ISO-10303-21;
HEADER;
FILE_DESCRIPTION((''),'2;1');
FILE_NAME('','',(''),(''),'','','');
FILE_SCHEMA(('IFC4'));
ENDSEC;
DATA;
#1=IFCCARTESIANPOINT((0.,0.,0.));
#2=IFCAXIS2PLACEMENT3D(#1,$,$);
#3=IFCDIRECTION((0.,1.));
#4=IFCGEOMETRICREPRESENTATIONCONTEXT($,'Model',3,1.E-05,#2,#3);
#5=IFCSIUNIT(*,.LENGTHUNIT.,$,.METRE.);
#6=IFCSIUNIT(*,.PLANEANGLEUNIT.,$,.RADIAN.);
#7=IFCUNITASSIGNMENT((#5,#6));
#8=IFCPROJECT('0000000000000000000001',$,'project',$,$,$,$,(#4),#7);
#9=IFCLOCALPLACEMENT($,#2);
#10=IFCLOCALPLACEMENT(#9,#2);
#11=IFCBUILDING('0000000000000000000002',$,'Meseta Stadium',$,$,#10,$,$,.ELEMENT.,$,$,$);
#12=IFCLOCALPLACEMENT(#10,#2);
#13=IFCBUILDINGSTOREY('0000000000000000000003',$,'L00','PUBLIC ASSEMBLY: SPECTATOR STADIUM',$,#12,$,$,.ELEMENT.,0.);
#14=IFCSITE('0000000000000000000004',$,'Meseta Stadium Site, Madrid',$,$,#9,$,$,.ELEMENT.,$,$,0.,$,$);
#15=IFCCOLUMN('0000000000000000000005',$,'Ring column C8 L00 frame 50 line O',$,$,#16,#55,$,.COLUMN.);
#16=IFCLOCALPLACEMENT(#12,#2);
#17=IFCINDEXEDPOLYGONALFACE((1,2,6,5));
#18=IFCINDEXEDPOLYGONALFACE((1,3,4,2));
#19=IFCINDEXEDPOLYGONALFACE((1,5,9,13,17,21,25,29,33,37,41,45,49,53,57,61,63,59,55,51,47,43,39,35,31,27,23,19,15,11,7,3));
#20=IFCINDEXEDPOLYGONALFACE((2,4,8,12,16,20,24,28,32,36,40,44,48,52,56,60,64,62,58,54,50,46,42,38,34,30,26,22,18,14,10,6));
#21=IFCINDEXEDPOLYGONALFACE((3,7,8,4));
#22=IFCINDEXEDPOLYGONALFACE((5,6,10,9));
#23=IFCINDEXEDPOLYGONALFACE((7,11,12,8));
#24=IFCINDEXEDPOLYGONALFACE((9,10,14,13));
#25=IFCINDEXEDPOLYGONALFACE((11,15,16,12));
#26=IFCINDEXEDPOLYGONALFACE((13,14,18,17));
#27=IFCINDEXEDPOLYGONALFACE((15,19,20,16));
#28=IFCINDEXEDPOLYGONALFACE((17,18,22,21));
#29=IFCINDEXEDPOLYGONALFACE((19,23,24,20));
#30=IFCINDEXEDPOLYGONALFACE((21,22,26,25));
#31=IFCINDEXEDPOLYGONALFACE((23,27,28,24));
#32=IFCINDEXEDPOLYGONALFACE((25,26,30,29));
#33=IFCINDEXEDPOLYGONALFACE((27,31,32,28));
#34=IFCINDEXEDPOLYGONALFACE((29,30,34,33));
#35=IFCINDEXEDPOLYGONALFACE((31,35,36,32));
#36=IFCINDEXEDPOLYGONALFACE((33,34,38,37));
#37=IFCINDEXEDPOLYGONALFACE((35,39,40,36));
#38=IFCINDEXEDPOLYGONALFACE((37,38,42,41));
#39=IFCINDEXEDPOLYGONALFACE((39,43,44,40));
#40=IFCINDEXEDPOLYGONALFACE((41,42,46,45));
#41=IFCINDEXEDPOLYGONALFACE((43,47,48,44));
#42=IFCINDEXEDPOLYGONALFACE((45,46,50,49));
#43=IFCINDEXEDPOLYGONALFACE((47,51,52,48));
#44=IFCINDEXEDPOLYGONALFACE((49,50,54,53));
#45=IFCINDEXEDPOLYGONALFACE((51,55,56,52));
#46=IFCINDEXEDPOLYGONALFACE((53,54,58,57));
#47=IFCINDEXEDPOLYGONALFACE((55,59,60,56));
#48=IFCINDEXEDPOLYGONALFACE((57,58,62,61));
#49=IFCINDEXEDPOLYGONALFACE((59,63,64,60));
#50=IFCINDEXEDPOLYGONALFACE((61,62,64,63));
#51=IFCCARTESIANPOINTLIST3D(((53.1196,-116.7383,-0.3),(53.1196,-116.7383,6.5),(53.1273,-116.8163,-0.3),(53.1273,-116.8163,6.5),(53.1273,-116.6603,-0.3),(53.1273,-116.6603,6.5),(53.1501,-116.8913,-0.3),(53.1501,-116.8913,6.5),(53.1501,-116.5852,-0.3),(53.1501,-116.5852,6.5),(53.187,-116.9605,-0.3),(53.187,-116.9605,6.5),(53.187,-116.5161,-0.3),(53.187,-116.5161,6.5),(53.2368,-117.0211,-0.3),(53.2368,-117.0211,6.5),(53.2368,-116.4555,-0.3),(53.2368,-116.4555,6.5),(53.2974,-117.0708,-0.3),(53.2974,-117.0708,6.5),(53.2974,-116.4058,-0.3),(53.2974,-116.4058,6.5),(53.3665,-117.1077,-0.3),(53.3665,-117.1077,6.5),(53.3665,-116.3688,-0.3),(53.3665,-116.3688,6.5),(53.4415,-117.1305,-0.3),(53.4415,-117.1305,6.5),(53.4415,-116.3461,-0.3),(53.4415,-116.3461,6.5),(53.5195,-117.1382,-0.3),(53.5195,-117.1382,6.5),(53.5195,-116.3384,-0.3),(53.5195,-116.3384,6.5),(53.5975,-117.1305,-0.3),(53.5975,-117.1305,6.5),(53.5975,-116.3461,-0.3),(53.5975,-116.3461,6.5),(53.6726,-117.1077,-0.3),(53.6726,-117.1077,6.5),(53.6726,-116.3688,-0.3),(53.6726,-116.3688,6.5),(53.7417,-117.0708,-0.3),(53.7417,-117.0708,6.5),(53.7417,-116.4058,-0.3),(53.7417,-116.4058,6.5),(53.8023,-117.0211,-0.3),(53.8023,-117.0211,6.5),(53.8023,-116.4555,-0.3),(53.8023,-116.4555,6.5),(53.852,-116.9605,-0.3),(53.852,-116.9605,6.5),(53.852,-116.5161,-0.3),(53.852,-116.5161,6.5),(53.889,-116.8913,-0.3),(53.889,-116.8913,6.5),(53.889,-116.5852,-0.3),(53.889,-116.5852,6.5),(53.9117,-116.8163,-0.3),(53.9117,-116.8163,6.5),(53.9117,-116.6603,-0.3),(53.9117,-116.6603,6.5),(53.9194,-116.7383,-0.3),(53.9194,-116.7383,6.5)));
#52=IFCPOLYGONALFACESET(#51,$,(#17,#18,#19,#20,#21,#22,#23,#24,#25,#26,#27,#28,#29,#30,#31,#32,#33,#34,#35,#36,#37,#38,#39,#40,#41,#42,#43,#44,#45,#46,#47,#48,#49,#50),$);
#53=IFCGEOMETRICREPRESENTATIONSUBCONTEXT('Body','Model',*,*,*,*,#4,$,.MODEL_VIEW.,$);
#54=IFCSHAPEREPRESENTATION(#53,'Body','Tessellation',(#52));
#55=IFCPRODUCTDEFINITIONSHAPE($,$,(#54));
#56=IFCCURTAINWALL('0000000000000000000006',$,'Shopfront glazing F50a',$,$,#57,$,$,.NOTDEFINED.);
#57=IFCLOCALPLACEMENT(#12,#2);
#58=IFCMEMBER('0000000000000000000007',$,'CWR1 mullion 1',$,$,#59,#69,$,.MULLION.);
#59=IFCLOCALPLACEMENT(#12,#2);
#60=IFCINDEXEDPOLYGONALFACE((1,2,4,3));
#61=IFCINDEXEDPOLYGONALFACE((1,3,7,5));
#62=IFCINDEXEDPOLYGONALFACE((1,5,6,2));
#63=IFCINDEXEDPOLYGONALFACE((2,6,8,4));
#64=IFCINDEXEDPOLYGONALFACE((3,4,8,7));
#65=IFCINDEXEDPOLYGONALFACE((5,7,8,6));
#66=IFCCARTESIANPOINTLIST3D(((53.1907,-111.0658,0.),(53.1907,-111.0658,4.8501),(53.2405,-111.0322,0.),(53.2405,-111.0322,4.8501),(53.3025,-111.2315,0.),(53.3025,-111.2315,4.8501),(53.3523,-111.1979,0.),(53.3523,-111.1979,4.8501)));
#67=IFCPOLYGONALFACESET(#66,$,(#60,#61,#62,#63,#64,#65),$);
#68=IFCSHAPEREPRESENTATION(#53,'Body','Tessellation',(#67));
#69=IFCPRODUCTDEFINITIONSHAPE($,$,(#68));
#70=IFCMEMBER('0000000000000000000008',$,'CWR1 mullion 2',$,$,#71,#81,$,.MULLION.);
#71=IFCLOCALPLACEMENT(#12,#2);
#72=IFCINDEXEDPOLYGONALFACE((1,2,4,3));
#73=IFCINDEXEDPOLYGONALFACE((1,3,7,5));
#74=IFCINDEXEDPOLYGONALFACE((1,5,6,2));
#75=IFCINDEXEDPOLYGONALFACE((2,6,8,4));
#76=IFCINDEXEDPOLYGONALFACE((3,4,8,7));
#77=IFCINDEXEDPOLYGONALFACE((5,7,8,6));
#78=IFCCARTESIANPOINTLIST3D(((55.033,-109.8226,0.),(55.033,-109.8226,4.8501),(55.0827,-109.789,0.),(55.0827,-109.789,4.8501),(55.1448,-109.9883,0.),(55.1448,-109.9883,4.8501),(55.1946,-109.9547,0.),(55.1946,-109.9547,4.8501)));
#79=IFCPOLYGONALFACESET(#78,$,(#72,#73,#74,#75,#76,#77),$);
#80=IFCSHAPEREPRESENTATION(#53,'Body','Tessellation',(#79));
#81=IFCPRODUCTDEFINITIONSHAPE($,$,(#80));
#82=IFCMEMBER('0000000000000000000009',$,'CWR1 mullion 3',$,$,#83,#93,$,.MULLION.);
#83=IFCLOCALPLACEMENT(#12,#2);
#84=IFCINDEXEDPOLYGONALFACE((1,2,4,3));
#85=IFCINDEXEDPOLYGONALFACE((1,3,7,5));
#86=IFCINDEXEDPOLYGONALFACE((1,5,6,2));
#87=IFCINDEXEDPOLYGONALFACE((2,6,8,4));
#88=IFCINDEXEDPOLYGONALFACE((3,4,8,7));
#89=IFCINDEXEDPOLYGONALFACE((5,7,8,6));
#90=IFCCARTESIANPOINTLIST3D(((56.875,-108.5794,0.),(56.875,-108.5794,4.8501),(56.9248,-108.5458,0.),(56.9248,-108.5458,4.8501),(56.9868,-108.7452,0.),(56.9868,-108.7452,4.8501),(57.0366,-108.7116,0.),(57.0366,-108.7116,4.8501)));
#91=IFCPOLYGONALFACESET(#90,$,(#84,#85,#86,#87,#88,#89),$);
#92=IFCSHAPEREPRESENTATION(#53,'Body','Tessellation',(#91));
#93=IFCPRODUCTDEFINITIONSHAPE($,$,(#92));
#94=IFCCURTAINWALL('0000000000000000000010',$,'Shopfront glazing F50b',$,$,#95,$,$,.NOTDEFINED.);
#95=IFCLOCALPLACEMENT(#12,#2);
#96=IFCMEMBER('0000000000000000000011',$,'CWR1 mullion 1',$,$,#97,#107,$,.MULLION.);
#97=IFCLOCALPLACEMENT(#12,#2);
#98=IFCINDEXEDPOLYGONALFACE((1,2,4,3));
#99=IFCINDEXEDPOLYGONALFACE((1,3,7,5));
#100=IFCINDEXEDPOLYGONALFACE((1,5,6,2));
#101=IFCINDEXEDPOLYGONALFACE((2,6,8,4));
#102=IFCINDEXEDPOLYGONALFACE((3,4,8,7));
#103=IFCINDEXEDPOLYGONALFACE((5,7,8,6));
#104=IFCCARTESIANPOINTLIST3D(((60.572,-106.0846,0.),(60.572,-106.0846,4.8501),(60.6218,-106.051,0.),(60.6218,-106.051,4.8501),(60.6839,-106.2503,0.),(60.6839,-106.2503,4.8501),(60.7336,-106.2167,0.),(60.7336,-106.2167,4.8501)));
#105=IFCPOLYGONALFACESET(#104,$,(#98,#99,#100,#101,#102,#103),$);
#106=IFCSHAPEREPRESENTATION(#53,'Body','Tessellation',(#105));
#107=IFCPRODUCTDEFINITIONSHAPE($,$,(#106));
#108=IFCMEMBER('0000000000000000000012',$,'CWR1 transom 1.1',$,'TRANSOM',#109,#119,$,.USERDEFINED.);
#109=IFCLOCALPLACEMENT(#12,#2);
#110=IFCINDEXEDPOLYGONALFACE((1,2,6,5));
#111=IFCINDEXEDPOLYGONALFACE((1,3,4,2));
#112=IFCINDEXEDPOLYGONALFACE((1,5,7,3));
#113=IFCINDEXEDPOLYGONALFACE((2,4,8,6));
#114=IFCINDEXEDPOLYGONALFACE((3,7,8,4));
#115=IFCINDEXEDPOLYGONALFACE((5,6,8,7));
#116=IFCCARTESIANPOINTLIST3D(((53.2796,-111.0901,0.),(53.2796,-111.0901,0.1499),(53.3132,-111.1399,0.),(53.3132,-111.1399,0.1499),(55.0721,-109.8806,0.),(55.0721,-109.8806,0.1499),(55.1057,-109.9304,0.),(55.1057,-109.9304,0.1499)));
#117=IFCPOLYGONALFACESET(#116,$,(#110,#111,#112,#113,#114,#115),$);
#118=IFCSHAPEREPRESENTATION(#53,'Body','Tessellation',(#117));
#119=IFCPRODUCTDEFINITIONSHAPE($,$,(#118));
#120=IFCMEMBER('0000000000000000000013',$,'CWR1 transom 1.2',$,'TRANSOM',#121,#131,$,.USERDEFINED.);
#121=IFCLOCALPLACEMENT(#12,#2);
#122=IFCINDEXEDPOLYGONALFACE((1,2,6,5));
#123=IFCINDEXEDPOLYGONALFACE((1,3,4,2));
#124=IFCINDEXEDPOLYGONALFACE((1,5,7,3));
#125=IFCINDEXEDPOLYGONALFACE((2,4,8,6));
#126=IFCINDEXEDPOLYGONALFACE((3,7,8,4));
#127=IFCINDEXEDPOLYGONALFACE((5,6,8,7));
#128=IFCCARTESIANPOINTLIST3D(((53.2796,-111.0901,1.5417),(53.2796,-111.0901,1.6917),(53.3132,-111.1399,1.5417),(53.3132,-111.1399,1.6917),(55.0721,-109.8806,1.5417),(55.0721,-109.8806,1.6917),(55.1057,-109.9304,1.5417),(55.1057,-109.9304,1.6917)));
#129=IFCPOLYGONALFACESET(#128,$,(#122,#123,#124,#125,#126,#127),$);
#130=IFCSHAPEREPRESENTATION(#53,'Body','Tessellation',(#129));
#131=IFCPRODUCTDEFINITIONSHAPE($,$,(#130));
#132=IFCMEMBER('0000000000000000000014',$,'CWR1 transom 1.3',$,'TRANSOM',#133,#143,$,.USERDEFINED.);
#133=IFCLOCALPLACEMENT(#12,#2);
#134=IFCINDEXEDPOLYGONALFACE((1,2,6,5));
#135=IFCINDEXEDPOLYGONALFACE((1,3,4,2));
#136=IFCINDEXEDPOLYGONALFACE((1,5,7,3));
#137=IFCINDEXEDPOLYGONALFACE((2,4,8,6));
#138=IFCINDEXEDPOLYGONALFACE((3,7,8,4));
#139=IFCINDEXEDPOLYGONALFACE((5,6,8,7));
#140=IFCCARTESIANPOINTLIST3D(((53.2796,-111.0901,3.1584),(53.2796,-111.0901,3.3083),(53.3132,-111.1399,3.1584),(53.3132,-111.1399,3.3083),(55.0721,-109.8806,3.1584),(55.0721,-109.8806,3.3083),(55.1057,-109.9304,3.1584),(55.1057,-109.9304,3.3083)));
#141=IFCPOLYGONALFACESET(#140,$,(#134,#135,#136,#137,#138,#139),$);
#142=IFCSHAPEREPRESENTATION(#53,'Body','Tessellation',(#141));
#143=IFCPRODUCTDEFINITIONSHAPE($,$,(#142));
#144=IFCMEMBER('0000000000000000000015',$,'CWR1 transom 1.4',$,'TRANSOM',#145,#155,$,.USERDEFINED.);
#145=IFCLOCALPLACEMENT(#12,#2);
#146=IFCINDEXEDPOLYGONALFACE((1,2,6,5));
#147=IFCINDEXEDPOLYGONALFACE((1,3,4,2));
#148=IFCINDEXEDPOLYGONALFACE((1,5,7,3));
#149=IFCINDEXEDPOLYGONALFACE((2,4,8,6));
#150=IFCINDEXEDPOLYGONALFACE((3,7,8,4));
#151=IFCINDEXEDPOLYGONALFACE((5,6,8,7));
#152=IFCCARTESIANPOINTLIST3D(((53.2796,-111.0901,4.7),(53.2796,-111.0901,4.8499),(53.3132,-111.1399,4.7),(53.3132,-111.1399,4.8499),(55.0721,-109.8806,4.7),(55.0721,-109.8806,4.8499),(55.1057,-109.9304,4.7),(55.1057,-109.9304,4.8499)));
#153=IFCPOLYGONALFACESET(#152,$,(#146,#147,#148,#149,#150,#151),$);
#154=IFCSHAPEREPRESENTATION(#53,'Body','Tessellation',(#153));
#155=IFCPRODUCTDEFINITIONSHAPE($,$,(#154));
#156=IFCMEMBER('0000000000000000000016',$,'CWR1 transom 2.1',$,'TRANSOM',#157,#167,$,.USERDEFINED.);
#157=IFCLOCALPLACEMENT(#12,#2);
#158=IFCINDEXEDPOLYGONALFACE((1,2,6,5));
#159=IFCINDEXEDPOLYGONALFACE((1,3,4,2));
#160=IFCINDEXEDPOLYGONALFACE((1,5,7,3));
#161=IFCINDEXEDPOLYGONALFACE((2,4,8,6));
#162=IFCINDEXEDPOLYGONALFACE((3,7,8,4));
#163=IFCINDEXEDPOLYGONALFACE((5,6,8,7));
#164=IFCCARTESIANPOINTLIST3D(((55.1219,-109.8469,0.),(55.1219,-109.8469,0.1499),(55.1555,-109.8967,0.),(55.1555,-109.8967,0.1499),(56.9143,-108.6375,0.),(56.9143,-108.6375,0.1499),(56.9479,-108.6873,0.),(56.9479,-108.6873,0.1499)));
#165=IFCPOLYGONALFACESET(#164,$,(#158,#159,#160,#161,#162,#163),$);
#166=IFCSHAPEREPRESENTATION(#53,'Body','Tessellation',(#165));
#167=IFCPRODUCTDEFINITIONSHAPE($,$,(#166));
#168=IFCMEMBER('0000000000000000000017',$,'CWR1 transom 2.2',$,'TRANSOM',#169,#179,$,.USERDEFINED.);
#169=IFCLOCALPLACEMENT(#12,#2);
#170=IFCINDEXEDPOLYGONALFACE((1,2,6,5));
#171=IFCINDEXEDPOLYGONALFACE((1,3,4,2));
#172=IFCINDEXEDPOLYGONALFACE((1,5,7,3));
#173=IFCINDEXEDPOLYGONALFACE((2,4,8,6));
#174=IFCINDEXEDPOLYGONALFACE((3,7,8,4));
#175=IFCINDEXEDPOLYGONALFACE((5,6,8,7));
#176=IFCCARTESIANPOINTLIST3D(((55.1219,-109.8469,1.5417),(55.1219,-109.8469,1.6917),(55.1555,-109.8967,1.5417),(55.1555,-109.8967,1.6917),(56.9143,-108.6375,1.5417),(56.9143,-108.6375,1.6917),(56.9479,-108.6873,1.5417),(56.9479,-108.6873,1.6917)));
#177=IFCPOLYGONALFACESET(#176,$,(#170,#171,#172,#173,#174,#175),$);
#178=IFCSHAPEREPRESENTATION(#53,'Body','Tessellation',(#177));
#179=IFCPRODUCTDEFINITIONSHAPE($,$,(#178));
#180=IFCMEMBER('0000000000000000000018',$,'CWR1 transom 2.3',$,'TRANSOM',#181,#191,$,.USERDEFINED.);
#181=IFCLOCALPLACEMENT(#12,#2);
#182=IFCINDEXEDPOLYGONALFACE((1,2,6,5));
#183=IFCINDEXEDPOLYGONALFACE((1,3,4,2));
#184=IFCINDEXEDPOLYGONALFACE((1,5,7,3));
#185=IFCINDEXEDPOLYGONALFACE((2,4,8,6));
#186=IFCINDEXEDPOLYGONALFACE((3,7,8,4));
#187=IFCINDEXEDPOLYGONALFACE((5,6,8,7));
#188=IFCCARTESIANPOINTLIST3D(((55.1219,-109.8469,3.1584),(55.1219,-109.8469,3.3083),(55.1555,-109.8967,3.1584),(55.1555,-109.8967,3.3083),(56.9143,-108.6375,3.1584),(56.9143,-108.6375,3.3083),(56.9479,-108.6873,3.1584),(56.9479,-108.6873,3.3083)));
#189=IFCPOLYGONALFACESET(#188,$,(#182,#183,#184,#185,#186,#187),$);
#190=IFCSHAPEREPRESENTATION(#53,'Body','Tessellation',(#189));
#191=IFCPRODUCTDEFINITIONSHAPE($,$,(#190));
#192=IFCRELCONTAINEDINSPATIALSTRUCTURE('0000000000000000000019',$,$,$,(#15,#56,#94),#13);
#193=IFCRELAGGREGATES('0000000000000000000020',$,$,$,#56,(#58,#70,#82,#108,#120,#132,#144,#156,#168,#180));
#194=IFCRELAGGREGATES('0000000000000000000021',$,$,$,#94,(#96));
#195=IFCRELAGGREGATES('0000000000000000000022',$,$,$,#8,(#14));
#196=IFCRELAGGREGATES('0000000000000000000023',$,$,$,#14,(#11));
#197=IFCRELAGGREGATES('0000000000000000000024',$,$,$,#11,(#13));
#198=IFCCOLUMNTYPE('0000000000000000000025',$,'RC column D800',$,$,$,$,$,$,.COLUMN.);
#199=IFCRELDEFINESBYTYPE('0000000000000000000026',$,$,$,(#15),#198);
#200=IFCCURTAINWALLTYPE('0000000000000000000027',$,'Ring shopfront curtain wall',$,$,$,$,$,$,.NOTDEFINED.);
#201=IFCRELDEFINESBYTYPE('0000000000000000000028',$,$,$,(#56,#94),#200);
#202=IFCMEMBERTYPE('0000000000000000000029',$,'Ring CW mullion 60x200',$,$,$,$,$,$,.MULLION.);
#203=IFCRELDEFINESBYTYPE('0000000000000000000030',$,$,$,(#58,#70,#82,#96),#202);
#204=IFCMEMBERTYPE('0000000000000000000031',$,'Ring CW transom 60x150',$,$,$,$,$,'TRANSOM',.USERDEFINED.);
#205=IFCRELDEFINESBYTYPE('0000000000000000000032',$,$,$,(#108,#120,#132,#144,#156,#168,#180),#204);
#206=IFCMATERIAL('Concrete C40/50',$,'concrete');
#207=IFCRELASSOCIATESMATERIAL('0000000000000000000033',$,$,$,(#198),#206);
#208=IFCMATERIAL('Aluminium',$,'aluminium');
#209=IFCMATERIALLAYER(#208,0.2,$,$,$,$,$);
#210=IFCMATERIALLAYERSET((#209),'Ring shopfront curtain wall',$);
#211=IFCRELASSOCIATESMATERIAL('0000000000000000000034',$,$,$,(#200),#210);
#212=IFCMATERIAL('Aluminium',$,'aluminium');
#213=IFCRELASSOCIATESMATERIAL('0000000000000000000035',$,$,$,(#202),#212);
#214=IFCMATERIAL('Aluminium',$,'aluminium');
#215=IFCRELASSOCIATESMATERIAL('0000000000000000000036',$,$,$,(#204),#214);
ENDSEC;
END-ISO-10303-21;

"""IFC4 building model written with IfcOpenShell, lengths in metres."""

from ifc_helpers import new_model, si_unit, direction, frame, origin, origin_2d, place, context, subcontext, project, spatial, rectangle, circle, extrude, material, layer, layer_set, material_profile, profile_set, type_object, element, aggregate, save


model = new_model("IFC4")

# Units and contexts
model_context = context("Model", 3, precision=1e-05, world=origin(), true_north=direction((0.0, 1.0)))
body_context = subcontext(model_context, "Body", "Model", "MODEL_VIEW")
ifc_project = project(units=[si_unit("LENGTHUNIT", "METRE"), si_unit("PLANEANGLEUNIT", "RADIAN")], contexts=[model_context])

# Site, building, storey
site_placement = place(None, origin())
site = spatial("IfcSite", under=ifc_project, at=site_placement, Name="Meseta Stadium Site, Madrid", CompositionType="ELEMENT", RefElevation=0.0)
building_placement = place(site_placement, origin())
building = spatial("IfcBuilding", under=site, at=building_placement, Name="Meseta Stadium", CompositionType="ELEMENT")
storey_placement = place(building_placement, origin())
storey = spatial("IfcBuildingStorey", under=building, at=storey_placement, Name="L00", Description="PUBLIC ASSEMBLY: SPECTATOR STADIUM", CompositionType="ELEMENT", Elevation=0.0)

# Column
ifc_material_1 = material(Name="Concrete C40/50", Category="concrete")
ifc_material_profile_1 = material_profile(ifc_material_1, circle(Radius=0.3999, at=origin_2d()), Name="RC D800")
ifc_profile_set_1 = profile_set([ifc_material_profile_1], Name="Concrete C40/50")
column_type = type_object("IfcColumnType", Name="RC column D800", PredefinedType="COLUMN", material=ifc_profile_set_1)
column_placement = place(storey_placement, frame((53.5195, -116.7383, -0.3), z_axis=(0.0, 0.0, 1.0), x_axis=(1.0, 0.0, 0.0)))
element("IfcColumn", 1, at=column_placement, inside=storey, type_object=column_type, Name="Ring column C8 L00 frame 50 line O", PredefinedType="COLUMN", context=body_context, shape_type="SweptSolid", body=[
    extrude(circle(Radius=0.3999, at=origin_2d()), origin(), (0.0, 0.0, 1.0), 6.8),
])

# Curtain wall, members
ifc_material_2 = material(Name="Aluminium", Category="aluminium")
ifc_layer_1 = layer(ifc_material_2, 0.2)
ifc_layer_set_1 = layer_set([ifc_layer_1], Name="Ring shopfront curtain wall")
curtain_wall_type = type_object("IfcCurtainWallType", Name="Ring shopfront curtain wall", PredefinedType="NOTDEFINED", material=ifc_layer_set_1)
curtain_wall_1_placement = place(storey_placement, origin())
curtain_wall_1 = element("IfcCurtainWall", 2, at=curtain_wall_1_placement, inside=storey, type_object=curtain_wall_type, Name="Shopfront glazing F50a", PredefinedType="NOTDEFINED")
ifc_material_3 = material(Name="Aluminium", Category="aluminium")
ifc_material_profile_2 = material_profile(ifc_material_3, rectangle(XDim=0.2, YDim=0.0601, at=origin_2d()), Name="CW 200x60")
ifc_profile_set_2 = profile_set([ifc_material_profile_2], Name="Aluminium")
member_type_1 = type_object("IfcMemberType", Name="Ring CW mullion 60x200", PredefinedType="MULLION", material=ifc_profile_set_2)
member_1_placement = place(storey_placement, frame((53.2715, -111.1318, 0.0), z_axis=(0.0, 0.0, 1.0), x_axis=(-0.559368, 0.828919, 0.0)))
member_1 = element("IfcMember", 3, at=member_1_placement, type_object=member_type_1, Name="CWR1 mullion 1", PredefinedType="MULLION", context=body_context, shape_type="SweptSolid", body=[
    extrude(rectangle(XDim=0.2, YDim=0.0601, at=origin_2d()), origin(), (0.0, 0.0, 1.0), 4.8501),
])
member_2_placement = place(storey_placement, frame((55.1138, -109.8887, 0.0), z_axis=(0.0, 0.0, 1.0), x_axis=(-0.559368, 0.828919, 0.0)))
member_2 = element("IfcMember", 4, at=member_2_placement, type_object=member_type_1, Name="CWR1 mullion 2", PredefinedType="MULLION", context=body_context, shape_type="SweptSolid", body=[
    extrude(rectangle(XDim=0.2, YDim=0.0601, at=origin_2d()), origin(), (0.0, 0.0, 1.0), 4.8501),
])
member_3_placement = place(storey_placement, frame((56.9558, -108.6455, 0.0), z_axis=(0.0, 0.0, 1.0), x_axis=(-0.559368, 0.828919, 0.0)))
member_3 = element("IfcMember", 5, at=member_3_placement, type_object=member_type_1, Name="CWR1 mullion 3", PredefinedType="MULLION", context=body_context, shape_type="SweptSolid", body=[
    extrude(rectangle(XDim=0.2, YDim=0.0601, at=origin_2d()), origin(), (0.0, 0.0, 1.0), 4.8501),
])

# Curtain wall, member
curtain_wall_2_placement = place(storey_placement, origin())
curtain_wall_2 = element("IfcCurtainWall", 6, at=curtain_wall_2_placement, inside=storey, type_object=curtain_wall_type, Name="Shopfront glazing F50b", PredefinedType="NOTDEFINED")
member_4_placement = place(storey_placement, frame((60.6528, -106.1506, 0.0), z_axis=(0.0, 0.0, 1.0), x_axis=(-0.559384, 0.828909, 0.0)))
member_4 = element("IfcMember", 7, at=member_4_placement, type_object=member_type_1, Name="CWR1 mullion 1", PredefinedType="MULLION", context=body_context, shape_type="SweptSolid", body=[
    extrude(rectangle(XDim=0.2, YDim=0.0601, at=origin_2d()), origin(), (0.0, 0.0, 1.0), 4.8501),
])

# Members
ifc_material_4 = material(Name="Aluminium", Category="aluminium")
ifc_material_profile_3 = material_profile(ifc_material_4, rectangle(XDim=0.0601, YDim=0.1499, at=origin_2d()), Name="CW 60x150")
ifc_profile_set_3 = profile_set([ifc_material_profile_3], Name="Aluminium")
member_type_2 = type_object("IfcMemberType", Name="Ring CW transom 60x150", ElementType="TRANSOM", PredefinedType="USERDEFINED", material=ifc_profile_set_3)
member_5_placement = place(storey_placement, frame((53.2964, -111.115, 0.075), z_axis=(0.828946, 0.559329, 0.0), x_axis=(-0.559329, 0.828946, 0.0)))
member_5 = element("IfcMember", 8, at=member_5_placement, type_object=member_type_2, Name="CWR1 transom 1.1", ObjectType="TRANSOM", PredefinedType="USERDEFINED", context=body_context, shape_type="SweptSolid", body=[
    extrude(rectangle(XDim=0.0601, YDim=0.1499, at=origin_2d()), origin(), (0.0, 0.0, 1.0), 2.1624),
])
member_6_placement = place(storey_placement, frame((53.2964, -111.115, 1.6167), z_axis=(0.828946, 0.559329, 0.0), x_axis=(-0.559329, 0.828946, 0.0)))
member_6 = element("IfcMember", 9, at=member_6_placement, type_object=member_type_2, Name="CWR1 transom 1.2", ObjectType="TRANSOM", PredefinedType="USERDEFINED", context=body_context, shape_type="SweptSolid", body=[
    extrude(rectangle(XDim=0.0601, YDim=0.1499, at=origin_2d()), origin(), (0.0, 0.0, 1.0), 2.1624),
])
member_7_placement = place(storey_placement, frame((53.2964, -111.115, 3.2334), z_axis=(0.828946, 0.559329, 0.0), x_axis=(-0.559329, 0.828946, 0.0)))
member_7 = element("IfcMember", 10, at=member_7_placement, type_object=member_type_2, Name="CWR1 transom 1.3", ObjectType="TRANSOM", PredefinedType="USERDEFINED", context=body_context, shape_type="SweptSolid", body=[
    extrude(rectangle(XDim=0.0601, YDim=0.1499, at=origin_2d()), origin(), (0.0, 0.0, 1.0), 2.1624),
])
member_8_placement = place(storey_placement, frame((53.2964, -111.115, 4.7749), z_axis=(0.828946, 0.559329, 0.0), x_axis=(-0.559329, 0.828946, 0.0)))
member_8 = element("IfcMember", 11, at=member_8_placement, type_object=member_type_2, Name="CWR1 transom 1.4", ObjectType="TRANSOM", PredefinedType="USERDEFINED", context=body_context, shape_type="SweptSolid", body=[
    extrude(rectangle(XDim=0.0601, YDim=0.1499, at=origin_2d()), origin(), (0.0, 0.0, 1.0), 2.1624),
])
member_9_placement = place(storey_placement, frame((55.1387, -109.8718, 0.075), z_axis=(0.828946, 0.559329, 0.0), x_axis=(-0.559329, 0.828946, 0.0)))
member_9 = element("IfcMember", 12, at=member_9_placement, type_object=member_type_2, Name="CWR1 transom 2.1", ObjectType="TRANSOM", PredefinedType="USERDEFINED", context=body_context, shape_type="SweptSolid", body=[
    extrude(rectangle(XDim=0.0601, YDim=0.1499, at=origin_2d()), origin(), (0.0, 0.0, 1.0), 2.1624),
])
member_10_placement = place(storey_placement, frame((55.1387, -109.8718, 1.6167), z_axis=(0.828946, 0.559329, 0.0), x_axis=(-0.559329, 0.828946, 0.0)))
member_10 = element("IfcMember", 13, at=member_10_placement, type_object=member_type_2, Name="CWR1 transom 2.2", ObjectType="TRANSOM", PredefinedType="USERDEFINED", context=body_context, shape_type="SweptSolid", body=[
    extrude(rectangle(XDim=0.0601, YDim=0.1499, at=origin_2d()), origin(), (0.0, 0.0, 1.0), 2.1624),
])
member_11_placement = place(storey_placement, frame((55.1387, -109.8718, 3.2334), z_axis=(0.828946, 0.559329, 0.0), x_axis=(-0.559329, 0.828946, 0.0)))
member_11 = element("IfcMember", 14, at=member_11_placement, type_object=member_type_2, Name="CWR1 transom 2.3", ObjectType="TRANSOM", PredefinedType="USERDEFINED", context=body_context, shape_type="SweptSolid", body=[
    extrude(rectangle(XDim=0.0601, YDim=0.1499, at=origin_2d()), origin(), (0.0, 0.0, 1.0), 2.1624),
])

aggregate(curtain_wall_1, [member_1, member_2, member_3, member_5, member_6, member_7, member_8, member_9, member_10, member_11])
aggregate(curtain_wall_2, [member_4])

save(model, "model.ifc")
